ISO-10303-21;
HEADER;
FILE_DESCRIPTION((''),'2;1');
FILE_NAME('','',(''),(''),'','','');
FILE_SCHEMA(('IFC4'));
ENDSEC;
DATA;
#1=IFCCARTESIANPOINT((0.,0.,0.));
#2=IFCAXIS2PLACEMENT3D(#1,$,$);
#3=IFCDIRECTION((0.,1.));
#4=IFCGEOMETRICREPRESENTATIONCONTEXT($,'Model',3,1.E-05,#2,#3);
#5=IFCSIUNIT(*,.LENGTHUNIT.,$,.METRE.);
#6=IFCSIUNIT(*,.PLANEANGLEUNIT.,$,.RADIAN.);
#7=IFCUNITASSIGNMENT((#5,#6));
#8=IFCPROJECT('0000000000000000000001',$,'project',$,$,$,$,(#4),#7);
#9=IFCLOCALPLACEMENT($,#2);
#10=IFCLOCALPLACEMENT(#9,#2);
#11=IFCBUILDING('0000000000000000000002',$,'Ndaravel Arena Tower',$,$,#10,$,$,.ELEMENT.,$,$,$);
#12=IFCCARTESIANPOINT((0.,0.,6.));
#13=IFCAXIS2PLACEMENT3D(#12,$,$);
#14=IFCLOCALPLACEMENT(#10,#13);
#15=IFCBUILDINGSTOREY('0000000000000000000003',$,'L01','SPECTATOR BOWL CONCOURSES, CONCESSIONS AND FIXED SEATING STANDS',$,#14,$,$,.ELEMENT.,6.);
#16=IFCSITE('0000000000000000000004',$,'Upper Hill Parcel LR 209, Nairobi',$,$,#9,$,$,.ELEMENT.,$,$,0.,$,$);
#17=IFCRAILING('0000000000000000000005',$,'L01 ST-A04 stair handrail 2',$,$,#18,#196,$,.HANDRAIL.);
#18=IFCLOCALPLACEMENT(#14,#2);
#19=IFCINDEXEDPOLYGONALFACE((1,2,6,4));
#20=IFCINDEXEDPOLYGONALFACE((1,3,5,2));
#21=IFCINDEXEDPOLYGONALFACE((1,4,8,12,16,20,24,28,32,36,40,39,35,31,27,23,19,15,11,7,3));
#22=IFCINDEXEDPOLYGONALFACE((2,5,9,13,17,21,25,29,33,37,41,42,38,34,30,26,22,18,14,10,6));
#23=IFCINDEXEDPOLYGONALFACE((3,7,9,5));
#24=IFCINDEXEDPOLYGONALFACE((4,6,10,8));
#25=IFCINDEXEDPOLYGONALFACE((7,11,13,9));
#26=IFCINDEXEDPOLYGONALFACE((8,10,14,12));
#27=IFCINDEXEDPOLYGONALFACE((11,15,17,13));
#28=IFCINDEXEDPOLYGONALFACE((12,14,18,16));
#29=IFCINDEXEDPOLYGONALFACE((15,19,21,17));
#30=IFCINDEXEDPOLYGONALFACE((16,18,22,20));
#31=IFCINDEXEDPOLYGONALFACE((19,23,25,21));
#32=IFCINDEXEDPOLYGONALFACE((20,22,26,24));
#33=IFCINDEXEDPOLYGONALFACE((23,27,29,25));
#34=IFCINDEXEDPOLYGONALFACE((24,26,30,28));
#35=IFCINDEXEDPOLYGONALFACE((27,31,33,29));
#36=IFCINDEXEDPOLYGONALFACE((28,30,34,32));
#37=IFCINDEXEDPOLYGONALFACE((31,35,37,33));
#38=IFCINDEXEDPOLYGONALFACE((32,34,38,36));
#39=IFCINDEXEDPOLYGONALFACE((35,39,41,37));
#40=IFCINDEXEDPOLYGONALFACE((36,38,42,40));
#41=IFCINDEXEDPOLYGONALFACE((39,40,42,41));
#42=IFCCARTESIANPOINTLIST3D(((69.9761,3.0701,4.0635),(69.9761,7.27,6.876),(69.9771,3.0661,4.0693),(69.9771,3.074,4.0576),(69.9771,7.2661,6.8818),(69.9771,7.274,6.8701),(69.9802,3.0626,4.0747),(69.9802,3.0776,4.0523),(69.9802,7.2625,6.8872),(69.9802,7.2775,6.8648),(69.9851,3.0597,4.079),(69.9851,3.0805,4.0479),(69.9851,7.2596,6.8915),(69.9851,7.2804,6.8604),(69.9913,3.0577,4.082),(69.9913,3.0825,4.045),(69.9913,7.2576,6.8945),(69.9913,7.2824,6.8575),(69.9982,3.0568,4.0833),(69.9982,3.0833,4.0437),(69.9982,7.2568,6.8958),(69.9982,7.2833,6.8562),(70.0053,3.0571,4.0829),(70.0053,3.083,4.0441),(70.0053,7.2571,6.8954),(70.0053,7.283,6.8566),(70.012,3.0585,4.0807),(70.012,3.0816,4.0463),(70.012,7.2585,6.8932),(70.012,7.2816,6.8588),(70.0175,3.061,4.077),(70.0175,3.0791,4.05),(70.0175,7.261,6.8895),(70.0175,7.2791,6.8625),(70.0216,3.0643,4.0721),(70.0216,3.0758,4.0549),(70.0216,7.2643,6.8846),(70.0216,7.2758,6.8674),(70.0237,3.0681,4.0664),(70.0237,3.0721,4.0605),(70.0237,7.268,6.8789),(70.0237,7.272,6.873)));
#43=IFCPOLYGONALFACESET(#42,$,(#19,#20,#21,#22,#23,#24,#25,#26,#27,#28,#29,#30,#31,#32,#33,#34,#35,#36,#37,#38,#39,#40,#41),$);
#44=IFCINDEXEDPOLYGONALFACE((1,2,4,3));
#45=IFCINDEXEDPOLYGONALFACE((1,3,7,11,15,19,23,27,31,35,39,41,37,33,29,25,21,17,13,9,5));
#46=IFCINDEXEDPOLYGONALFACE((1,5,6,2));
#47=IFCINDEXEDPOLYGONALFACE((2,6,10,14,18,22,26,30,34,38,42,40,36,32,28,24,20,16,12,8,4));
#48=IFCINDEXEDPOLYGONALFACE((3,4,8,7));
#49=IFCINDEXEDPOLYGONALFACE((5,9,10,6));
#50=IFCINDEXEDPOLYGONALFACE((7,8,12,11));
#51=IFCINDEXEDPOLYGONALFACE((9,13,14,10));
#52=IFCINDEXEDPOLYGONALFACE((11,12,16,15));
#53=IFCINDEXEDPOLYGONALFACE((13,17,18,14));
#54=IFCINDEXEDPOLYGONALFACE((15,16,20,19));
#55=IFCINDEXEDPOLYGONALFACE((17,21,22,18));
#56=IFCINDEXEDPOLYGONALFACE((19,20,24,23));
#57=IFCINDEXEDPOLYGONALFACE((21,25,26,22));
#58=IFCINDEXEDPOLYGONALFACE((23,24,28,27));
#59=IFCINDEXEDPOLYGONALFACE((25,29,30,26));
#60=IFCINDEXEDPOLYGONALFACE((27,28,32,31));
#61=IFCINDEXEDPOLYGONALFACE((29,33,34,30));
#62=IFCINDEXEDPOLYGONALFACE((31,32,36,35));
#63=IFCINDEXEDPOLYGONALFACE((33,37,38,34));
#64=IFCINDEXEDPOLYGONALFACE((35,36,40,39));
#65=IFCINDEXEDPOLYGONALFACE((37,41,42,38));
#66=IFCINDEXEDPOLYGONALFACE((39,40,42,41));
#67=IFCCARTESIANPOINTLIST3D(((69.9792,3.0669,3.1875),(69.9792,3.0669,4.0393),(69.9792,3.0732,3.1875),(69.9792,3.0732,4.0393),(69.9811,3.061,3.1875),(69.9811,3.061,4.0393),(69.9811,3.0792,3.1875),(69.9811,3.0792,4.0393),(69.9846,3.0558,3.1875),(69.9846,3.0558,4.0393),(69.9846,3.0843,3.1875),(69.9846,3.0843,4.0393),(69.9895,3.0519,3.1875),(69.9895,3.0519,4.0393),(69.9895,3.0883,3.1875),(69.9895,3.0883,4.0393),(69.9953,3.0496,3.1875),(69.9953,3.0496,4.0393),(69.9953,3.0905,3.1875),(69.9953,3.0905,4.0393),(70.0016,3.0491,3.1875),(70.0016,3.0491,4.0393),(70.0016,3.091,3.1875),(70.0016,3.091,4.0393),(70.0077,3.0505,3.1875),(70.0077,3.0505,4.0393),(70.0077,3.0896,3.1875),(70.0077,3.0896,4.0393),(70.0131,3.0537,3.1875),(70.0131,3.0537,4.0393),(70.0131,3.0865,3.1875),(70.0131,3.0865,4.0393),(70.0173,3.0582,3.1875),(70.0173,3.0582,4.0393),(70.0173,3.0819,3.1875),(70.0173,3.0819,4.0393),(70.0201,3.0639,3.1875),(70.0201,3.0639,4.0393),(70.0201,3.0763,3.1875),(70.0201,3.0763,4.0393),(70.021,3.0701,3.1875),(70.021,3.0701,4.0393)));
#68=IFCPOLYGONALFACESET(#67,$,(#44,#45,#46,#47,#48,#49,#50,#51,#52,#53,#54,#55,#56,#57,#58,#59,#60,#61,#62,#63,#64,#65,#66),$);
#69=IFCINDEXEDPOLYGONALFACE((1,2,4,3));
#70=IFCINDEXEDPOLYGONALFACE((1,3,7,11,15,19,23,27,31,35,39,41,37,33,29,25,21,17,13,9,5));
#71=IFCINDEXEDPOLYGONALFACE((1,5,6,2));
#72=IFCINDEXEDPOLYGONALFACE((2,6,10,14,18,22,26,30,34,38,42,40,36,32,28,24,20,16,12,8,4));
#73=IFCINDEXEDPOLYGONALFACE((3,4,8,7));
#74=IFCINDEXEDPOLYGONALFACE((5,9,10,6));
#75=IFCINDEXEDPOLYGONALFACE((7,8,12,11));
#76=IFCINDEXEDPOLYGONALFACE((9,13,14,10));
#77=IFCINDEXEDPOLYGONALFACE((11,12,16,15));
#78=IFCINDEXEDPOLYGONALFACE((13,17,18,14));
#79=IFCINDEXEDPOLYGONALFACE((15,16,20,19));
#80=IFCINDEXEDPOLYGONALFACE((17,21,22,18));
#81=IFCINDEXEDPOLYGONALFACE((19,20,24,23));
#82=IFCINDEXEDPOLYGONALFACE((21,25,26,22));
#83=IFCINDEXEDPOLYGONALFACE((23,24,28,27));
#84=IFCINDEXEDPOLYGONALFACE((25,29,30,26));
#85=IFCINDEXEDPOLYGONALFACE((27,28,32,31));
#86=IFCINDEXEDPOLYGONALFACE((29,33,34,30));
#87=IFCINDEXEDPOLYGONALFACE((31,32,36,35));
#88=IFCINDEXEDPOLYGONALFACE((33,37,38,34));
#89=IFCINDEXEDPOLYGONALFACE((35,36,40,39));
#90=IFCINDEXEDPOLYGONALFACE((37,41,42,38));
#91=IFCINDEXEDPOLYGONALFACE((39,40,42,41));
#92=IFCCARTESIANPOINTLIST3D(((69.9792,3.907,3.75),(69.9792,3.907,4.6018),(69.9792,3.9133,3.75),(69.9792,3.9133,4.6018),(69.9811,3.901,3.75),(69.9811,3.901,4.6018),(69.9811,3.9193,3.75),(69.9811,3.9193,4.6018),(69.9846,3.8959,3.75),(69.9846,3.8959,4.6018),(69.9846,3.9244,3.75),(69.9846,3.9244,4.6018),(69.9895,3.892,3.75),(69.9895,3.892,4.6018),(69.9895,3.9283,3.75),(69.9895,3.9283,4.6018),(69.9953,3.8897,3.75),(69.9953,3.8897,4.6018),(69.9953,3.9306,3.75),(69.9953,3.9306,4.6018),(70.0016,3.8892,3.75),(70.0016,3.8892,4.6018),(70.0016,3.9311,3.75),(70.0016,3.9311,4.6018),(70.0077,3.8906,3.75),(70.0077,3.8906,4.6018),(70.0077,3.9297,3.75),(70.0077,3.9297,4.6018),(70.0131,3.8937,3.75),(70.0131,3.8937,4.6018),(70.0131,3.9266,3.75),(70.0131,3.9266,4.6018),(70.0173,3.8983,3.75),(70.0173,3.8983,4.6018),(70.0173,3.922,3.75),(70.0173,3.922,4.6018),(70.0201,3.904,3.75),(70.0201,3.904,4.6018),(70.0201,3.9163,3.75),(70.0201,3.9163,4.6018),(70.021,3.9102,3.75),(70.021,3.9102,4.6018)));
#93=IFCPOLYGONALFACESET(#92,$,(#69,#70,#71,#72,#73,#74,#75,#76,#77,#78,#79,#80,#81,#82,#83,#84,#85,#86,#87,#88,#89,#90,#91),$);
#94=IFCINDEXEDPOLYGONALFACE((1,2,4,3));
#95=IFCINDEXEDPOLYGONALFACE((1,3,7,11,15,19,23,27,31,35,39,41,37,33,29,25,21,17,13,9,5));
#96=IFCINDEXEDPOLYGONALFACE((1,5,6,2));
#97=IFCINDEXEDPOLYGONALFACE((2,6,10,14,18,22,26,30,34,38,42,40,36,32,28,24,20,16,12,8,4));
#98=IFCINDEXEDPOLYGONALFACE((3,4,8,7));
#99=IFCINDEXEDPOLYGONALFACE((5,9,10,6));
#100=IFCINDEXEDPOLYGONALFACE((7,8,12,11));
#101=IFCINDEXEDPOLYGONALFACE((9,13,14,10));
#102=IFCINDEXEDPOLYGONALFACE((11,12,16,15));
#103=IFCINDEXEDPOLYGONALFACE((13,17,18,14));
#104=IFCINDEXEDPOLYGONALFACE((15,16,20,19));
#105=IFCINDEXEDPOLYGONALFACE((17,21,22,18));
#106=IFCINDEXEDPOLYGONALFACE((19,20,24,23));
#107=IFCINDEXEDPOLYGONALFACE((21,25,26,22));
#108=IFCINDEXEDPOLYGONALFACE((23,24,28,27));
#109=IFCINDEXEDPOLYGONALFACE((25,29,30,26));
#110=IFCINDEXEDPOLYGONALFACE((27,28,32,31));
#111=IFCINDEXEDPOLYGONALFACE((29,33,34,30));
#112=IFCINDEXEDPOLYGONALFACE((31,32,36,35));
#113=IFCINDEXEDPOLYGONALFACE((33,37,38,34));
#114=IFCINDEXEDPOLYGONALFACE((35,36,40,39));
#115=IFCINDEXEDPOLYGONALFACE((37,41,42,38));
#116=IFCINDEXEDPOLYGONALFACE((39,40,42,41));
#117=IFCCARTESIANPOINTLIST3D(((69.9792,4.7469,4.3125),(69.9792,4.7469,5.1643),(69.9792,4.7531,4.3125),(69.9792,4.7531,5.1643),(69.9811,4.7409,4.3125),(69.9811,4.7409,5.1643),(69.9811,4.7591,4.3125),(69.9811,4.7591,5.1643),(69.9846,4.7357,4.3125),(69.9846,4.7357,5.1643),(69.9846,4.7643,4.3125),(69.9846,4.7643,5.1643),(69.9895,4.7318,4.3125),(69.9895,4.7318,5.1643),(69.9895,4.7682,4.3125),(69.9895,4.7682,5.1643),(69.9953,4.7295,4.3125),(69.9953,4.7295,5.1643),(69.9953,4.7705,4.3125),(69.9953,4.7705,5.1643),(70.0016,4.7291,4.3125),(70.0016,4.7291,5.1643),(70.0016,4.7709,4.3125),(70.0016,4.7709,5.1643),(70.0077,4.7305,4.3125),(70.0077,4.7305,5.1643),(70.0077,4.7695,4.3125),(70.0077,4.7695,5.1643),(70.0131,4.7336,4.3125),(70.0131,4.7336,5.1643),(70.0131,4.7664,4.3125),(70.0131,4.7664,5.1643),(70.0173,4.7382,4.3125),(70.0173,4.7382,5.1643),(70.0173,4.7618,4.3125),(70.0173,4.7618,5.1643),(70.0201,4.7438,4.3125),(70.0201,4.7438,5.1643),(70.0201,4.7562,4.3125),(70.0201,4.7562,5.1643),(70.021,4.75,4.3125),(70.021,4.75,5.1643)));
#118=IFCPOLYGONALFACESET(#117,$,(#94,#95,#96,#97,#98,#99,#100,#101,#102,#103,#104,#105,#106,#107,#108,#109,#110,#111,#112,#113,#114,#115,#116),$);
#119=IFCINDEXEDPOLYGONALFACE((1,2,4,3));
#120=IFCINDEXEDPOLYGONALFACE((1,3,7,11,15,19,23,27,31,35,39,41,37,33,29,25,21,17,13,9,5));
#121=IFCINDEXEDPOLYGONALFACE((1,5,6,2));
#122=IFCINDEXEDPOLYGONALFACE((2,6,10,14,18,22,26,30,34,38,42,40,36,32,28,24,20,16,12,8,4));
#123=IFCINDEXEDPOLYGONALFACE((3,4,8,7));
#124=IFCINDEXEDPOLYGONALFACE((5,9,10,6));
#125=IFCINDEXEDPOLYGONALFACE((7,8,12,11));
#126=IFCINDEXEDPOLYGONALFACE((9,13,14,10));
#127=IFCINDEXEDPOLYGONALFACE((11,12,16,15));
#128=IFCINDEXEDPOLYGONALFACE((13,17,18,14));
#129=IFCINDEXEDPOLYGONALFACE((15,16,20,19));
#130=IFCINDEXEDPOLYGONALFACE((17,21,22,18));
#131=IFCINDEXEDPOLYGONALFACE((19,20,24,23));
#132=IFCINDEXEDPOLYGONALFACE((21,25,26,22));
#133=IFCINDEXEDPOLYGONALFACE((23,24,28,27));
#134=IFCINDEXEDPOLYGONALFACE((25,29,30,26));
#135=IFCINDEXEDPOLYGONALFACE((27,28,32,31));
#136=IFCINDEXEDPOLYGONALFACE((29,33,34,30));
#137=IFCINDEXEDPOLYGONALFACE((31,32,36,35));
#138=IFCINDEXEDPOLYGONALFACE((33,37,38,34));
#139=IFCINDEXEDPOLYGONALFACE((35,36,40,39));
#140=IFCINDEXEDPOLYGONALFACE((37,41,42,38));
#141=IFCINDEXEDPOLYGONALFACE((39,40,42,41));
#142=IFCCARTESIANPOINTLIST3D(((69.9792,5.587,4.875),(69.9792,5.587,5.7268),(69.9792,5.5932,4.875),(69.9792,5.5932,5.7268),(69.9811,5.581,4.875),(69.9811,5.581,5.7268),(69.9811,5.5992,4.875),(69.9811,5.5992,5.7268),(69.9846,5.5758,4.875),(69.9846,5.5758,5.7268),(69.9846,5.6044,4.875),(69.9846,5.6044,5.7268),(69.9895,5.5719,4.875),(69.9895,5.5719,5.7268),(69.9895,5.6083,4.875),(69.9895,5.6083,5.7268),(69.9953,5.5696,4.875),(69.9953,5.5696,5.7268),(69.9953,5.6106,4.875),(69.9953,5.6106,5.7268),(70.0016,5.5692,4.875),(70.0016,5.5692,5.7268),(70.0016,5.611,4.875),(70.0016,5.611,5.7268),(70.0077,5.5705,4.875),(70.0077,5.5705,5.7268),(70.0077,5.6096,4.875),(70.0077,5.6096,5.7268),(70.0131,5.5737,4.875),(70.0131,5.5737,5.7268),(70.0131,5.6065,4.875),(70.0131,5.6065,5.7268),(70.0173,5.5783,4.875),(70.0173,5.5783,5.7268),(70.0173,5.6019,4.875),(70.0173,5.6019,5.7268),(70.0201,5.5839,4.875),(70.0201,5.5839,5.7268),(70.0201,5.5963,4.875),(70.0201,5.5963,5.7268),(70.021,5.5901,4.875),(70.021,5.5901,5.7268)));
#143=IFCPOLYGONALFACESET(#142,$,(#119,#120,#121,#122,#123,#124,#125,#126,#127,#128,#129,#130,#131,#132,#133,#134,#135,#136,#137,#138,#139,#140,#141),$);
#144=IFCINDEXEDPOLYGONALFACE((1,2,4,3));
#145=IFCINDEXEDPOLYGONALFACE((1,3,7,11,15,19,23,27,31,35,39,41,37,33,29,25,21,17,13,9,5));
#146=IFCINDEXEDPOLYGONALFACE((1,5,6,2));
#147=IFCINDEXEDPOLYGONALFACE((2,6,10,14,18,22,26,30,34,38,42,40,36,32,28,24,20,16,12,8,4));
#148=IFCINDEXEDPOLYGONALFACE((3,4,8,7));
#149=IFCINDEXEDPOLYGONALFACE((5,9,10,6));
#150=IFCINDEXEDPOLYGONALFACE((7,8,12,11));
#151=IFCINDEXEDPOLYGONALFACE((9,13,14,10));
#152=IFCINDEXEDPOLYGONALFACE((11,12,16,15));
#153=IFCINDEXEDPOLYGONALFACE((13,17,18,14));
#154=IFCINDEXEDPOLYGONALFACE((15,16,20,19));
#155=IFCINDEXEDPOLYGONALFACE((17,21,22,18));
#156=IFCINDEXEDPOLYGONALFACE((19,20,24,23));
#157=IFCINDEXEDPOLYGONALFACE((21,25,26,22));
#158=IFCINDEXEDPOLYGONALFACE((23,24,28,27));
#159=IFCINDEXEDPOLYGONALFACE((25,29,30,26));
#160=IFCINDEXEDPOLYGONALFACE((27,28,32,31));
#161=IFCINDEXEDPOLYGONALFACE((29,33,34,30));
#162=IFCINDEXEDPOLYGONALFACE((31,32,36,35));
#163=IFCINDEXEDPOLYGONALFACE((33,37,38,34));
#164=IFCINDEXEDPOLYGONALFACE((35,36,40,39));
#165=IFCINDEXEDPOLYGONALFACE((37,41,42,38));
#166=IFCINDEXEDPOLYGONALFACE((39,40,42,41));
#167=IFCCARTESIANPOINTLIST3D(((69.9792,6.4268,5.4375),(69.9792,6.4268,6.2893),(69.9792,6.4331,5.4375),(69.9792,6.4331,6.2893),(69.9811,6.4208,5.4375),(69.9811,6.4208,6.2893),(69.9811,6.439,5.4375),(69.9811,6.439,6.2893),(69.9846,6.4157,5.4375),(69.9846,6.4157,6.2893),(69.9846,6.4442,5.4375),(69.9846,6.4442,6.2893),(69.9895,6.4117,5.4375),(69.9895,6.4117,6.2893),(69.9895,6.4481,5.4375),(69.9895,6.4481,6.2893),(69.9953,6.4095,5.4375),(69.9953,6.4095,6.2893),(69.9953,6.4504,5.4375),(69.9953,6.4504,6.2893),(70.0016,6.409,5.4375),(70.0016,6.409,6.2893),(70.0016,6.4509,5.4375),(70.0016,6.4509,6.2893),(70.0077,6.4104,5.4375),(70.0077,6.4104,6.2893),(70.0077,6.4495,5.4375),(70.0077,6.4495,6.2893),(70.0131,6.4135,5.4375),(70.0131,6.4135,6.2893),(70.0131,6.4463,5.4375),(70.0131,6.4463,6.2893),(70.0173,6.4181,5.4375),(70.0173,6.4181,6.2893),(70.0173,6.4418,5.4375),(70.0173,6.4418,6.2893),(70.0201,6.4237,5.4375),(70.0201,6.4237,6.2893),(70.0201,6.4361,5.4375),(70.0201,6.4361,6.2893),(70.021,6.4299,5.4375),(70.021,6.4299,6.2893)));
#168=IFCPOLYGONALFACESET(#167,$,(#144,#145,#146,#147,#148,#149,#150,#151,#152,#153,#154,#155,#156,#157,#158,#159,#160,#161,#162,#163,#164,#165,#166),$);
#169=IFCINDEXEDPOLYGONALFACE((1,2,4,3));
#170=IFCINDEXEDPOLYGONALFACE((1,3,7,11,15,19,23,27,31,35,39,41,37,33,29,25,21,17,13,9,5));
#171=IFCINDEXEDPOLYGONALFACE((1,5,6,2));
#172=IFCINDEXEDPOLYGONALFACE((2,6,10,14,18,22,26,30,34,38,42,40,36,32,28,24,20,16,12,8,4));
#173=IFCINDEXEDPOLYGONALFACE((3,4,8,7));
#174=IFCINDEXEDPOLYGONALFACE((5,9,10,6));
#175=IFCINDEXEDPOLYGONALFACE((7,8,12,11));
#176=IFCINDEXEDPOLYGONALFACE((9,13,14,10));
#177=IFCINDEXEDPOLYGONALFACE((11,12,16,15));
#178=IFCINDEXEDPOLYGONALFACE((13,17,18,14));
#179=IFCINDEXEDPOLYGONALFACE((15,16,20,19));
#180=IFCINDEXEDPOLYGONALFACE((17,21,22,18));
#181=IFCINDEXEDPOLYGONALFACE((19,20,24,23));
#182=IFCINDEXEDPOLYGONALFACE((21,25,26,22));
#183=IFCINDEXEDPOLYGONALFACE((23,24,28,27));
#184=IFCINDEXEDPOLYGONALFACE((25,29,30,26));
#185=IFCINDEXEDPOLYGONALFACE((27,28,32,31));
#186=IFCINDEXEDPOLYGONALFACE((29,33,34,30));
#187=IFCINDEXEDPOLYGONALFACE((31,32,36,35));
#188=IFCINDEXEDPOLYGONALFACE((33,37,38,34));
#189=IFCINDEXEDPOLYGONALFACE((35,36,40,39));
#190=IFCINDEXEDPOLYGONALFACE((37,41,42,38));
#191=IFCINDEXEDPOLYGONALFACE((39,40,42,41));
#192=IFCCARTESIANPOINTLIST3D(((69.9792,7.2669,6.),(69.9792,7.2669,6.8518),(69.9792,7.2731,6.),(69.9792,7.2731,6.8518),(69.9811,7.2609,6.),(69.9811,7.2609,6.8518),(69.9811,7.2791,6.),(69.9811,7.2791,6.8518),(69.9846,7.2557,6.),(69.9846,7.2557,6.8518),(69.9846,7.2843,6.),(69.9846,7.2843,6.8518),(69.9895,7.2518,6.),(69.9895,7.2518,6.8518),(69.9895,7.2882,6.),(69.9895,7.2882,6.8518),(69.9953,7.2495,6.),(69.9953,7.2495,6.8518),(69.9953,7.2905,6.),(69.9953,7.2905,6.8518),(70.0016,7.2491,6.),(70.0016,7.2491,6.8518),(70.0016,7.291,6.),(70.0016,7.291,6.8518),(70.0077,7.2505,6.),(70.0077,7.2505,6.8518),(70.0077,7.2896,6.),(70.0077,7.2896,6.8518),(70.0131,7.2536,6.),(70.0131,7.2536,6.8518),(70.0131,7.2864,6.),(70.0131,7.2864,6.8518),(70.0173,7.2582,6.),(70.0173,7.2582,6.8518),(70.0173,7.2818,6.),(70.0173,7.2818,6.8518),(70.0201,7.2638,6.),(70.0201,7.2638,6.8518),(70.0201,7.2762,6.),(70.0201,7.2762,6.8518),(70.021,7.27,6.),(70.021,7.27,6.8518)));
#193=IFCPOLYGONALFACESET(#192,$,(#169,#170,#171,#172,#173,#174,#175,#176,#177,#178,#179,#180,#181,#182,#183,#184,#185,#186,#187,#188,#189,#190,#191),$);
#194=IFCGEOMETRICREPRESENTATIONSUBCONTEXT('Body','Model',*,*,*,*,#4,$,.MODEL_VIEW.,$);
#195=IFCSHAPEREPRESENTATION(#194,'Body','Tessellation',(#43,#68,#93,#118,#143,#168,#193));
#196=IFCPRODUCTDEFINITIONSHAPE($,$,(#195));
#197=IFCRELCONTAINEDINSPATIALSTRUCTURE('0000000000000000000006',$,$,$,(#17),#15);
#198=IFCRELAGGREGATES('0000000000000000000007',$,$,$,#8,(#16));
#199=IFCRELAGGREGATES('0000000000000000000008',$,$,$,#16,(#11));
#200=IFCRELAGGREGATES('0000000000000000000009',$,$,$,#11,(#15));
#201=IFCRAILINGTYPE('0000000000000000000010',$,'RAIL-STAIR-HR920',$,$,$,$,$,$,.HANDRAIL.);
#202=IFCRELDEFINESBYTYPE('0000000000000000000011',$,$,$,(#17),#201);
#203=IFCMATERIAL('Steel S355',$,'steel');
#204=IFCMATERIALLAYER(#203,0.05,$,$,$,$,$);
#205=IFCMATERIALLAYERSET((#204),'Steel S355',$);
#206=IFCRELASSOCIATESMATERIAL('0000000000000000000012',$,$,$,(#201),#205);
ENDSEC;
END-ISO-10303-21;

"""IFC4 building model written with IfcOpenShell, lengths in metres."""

from ifc_helpers import new_model, si_unit, direction, frame, origin, origin_2d, place, context, subcontext, project, spatial, circle, extrude, material, layer, layer_set, type_object, element, save


model = new_model("IFC4")

# Units and contexts
model_context = context("Model", 3, precision=1e-05, world=origin(), true_north=direction((0.0, 1.0)))
body_context = subcontext(model_context, "Body", "Model", "MODEL_VIEW")
ifc_project = project(units=[si_unit("LENGTHUNIT", "METRE"), si_unit("PLANEANGLEUNIT", "RADIAN")], contexts=[model_context])

# Site, building, storey
site_placement = place(None, origin())
site = spatial("IfcSite", under=ifc_project, at=site_placement, Name="Upper Hill Parcel LR 209, Nairobi", CompositionType="ELEMENT", RefElevation=0.0)
building_placement = place(site_placement, origin())
building = spatial("IfcBuilding", under=site, at=building_placement, Name="Ndaravel Arena Tower", CompositionType="ELEMENT")
storey_placement = place(building_placement, frame((0.0, 0.0, 6.0)))
storey = spatial("IfcBuildingStorey", under=building, at=storey_placement, Name="L01", Description="SPECTATOR BOWL CONCOURSES, CONCESSIONS AND FIXED SEATING STANDS", CompositionType="ELEMENT", Elevation=6.0)

# Railing
ifc_material_1 = material(Name="Steel S355", Category="steel")
ifc_layer_1 = layer(ifc_material_1, 0.05)
ifc_layer_set_1 = layer_set([ifc_layer_1], Name="Steel S355")
railing_type_1 = type_object("IfcRailingType", Name="RAIL-STAIR-HR920", PredefinedType="HANDRAIL", material=ifc_layer_set_1)
railing_1_placement = place(storey_placement, frame((70.0, 3.0701, 3.1875)))
element("IfcRailing", 1, at=railing_1_placement, inside=storey, type_object=railing_type_1, Name="L01 ST-A04 stair handrail 2", PredefinedType="HANDRAIL", context=body_context, shape_type="SweptSolid", body=[
    extrude(circle(Radius=0.0239, at=origin_2d()), frame((0.0, 0.0, 0.876), z_axis=(0.0, 0.830904, 0.556416), x_axis=(-1.0, 0.0, 0.0)), (0.0, 0.0, 1.0), 5.0547),
    extrude(circle(Radius=0.021, at=origin_2d()), origin(), (0.0, 0.0, 1.0), 0.8518),
    extrude(circle(Radius=0.021, at=origin_2d()), frame((0.0, 0.8401, 0.5625)), (0.0, 0.0, 1.0), 0.8518),
    extrude(circle(Radius=0.021, at=origin_2d()), frame((0.0, 1.6799, 1.125)), (0.0, 0.0, 1.0), 0.8518),
    extrude(circle(Radius=0.021, at=origin_2d()), frame((0.0, 2.52, 1.6875)), (0.0, 0.0, 1.0), 0.8518),
    extrude(circle(Radius=0.021, at=origin_2d()), frame((0.0, 3.3599, 2.25)), (0.0, 0.0, 1.0), 0.8518),
    extrude(circle(Radius=0.021, at=origin_2d()), frame((0.0, 4.2, 2.8125)), (0.0, 0.0, 1.0), 0.8518),
])

save(model, "model.ifc")
